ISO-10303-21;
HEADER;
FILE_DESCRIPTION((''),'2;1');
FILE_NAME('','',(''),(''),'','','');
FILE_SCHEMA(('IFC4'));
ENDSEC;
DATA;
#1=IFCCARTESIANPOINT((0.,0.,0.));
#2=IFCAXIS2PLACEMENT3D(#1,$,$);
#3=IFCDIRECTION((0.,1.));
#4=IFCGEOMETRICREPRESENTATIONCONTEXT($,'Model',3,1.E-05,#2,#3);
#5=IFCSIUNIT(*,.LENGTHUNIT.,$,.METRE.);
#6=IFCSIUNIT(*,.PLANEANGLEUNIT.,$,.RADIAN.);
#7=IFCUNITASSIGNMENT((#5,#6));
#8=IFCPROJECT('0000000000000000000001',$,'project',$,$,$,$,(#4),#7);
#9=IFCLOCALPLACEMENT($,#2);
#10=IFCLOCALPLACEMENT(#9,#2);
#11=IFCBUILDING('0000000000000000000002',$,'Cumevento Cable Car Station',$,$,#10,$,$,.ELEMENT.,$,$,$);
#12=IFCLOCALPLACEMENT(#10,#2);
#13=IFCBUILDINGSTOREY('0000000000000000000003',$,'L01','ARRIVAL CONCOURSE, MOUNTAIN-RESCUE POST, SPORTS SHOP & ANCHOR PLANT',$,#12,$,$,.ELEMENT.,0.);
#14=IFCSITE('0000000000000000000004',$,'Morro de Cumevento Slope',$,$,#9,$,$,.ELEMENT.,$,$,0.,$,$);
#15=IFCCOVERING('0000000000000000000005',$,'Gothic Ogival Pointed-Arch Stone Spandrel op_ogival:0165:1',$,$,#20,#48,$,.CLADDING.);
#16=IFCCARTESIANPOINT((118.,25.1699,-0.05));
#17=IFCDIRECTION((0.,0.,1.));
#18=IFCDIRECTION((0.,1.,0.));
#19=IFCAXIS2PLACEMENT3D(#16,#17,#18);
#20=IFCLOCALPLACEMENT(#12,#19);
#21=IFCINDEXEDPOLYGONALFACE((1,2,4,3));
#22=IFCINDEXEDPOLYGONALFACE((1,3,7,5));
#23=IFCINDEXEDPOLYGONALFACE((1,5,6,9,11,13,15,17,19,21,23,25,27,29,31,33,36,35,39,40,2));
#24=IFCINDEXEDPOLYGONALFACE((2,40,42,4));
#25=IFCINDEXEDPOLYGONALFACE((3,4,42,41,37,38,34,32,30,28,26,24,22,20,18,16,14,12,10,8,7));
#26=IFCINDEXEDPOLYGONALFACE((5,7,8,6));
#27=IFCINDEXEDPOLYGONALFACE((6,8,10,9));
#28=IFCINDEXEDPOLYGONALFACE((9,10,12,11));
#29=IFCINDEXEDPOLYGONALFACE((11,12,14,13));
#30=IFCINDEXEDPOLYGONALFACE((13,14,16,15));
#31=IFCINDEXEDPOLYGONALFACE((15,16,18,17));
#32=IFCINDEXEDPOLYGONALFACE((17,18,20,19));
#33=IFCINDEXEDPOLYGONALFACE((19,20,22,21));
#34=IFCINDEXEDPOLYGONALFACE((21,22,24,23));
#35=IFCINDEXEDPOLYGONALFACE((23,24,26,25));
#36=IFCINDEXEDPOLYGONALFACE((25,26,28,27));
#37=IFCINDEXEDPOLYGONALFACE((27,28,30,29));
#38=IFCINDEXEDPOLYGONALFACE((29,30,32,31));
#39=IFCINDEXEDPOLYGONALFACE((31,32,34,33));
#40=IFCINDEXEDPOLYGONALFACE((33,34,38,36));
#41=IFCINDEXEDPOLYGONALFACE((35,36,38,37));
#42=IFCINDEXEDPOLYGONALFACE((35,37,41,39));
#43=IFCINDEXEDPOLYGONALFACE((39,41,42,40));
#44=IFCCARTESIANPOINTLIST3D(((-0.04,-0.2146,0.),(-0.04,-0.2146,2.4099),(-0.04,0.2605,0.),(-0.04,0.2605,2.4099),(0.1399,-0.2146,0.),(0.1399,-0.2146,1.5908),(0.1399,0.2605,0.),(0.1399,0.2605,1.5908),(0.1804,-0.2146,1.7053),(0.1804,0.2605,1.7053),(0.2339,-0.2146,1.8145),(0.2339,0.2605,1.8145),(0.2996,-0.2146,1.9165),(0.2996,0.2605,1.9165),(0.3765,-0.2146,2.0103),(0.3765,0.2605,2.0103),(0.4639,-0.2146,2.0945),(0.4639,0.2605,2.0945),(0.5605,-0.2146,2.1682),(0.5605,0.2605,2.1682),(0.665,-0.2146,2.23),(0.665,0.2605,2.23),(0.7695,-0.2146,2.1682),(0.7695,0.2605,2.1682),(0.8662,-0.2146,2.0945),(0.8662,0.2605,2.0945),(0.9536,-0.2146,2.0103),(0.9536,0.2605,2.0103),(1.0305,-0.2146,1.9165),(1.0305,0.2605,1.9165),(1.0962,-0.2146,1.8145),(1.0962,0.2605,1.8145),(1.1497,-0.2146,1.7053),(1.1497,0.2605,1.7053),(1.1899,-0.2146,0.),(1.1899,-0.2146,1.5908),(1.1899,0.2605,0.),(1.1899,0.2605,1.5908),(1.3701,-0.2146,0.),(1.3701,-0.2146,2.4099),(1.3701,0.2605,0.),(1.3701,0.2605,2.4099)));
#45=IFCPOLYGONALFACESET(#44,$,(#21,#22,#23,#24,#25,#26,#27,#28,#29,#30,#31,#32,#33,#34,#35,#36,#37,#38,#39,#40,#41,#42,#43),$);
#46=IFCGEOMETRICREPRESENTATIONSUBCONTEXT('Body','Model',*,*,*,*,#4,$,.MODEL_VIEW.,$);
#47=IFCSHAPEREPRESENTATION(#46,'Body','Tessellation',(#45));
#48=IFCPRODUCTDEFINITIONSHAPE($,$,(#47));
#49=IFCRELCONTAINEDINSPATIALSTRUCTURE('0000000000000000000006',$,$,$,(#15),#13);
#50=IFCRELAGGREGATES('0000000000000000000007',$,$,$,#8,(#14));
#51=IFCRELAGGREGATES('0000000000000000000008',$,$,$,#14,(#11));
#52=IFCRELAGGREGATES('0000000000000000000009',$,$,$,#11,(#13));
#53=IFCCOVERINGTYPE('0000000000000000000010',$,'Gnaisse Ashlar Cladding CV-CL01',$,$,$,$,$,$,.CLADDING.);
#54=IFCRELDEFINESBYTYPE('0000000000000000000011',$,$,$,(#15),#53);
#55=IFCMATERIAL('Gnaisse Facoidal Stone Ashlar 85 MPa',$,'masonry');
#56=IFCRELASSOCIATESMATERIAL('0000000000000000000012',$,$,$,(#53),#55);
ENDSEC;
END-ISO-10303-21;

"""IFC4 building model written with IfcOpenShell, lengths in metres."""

from ifc_helpers import new_model, si_unit, direction, frame, origin, place, context, subcontext, project, spatial, polyline, outline, extrude, material, type_object, element, save


model = new_model("IFC4")

# Units and contexts
model_context = context("Model", 3, precision=1e-05, world=origin(), true_north=direction((0.0, 1.0)))
body_context = subcontext(model_context, "Body", "Model", "MODEL_VIEW")
ifc_project = project(units=[si_unit("LENGTHUNIT", "METRE"), si_unit("PLANEANGLEUNIT", "RADIAN")], contexts=[model_context])

# Site, building, storey
site_placement = place(None, origin())
site = spatial("IfcSite", under=ifc_project, at=site_placement, Name="Morro de Cumevento Slope", CompositionType="ELEMENT", RefElevation=0.0)
building_placement = place(site_placement, origin())
building = spatial("IfcBuilding", under=site, at=building_placement, Name="Cumevento Cable Car Station", CompositionType="ELEMENT")
storey_placement = place(building_placement, origin())
storey = spatial("IfcBuildingStorey", under=building, at=storey_placement, Name="L01", Description="ARRIVAL CONCOURSE, MOUNTAIN-RESCUE POST, SPORTS SHOP & ANCHOR PLANT", CompositionType="ELEMENT", Elevation=0.0)

# Covering
ifc_material_1 = material(Name="Gnaisse Facoidal Stone Ashlar 85 MPa", Category="masonry")
covering_type = type_object("IfcCoveringType", Name="Gnaisse Ashlar Cladding CV-CL01", PredefinedType="CLADDING", material=ifc_material_1)
covering_1_placement = place(storey_placement, frame((118.0, 25.1699, -0.05), z_axis=(0.0, 0.0, 1.0), x_axis=(0.0, 1.0, 0.0)))
element("IfcCovering", 1, at=covering_1_placement, inside=storey, type_object=covering_type, Name="Gothic Ogival Pointed-Arch Stone Spandrel op_ogival:0165:1", PredefinedType="CLADDING", context=body_context, shape_type="SweptSolid", body=[
    extrude(outline(polyline([(-0.04, 0.0), (-0.04, 2.4099), (1.3701, 2.4099), (1.3701, 0.0), (1.1899, 0.0), (1.1899, 1.5908), (1.1497, 1.7053), (1.0962, 1.8145), (1.0305, 1.9165), (0.9536, 2.0103), (0.8662, 2.0945), (0.7695, 2.1682), (0.665, 2.23), (0.5605, 2.1682), (0.4639, 2.0945), (0.3765, 2.0103), (0.2996, 1.9165), (0.2339, 1.8145), (0.1804, 1.7053), (0.1399, 1.5908), (0.1399, 0.0), (-0.04, 0.0)])), frame((0.0, 0.2605, 0.0), z_axis=(0.0, -1.0, 0.0), x_axis=(1.0, 0.0, 0.0)), (0.0, 0.0, 1.0), 0.4751),
])

save(model, "model.ifc")
